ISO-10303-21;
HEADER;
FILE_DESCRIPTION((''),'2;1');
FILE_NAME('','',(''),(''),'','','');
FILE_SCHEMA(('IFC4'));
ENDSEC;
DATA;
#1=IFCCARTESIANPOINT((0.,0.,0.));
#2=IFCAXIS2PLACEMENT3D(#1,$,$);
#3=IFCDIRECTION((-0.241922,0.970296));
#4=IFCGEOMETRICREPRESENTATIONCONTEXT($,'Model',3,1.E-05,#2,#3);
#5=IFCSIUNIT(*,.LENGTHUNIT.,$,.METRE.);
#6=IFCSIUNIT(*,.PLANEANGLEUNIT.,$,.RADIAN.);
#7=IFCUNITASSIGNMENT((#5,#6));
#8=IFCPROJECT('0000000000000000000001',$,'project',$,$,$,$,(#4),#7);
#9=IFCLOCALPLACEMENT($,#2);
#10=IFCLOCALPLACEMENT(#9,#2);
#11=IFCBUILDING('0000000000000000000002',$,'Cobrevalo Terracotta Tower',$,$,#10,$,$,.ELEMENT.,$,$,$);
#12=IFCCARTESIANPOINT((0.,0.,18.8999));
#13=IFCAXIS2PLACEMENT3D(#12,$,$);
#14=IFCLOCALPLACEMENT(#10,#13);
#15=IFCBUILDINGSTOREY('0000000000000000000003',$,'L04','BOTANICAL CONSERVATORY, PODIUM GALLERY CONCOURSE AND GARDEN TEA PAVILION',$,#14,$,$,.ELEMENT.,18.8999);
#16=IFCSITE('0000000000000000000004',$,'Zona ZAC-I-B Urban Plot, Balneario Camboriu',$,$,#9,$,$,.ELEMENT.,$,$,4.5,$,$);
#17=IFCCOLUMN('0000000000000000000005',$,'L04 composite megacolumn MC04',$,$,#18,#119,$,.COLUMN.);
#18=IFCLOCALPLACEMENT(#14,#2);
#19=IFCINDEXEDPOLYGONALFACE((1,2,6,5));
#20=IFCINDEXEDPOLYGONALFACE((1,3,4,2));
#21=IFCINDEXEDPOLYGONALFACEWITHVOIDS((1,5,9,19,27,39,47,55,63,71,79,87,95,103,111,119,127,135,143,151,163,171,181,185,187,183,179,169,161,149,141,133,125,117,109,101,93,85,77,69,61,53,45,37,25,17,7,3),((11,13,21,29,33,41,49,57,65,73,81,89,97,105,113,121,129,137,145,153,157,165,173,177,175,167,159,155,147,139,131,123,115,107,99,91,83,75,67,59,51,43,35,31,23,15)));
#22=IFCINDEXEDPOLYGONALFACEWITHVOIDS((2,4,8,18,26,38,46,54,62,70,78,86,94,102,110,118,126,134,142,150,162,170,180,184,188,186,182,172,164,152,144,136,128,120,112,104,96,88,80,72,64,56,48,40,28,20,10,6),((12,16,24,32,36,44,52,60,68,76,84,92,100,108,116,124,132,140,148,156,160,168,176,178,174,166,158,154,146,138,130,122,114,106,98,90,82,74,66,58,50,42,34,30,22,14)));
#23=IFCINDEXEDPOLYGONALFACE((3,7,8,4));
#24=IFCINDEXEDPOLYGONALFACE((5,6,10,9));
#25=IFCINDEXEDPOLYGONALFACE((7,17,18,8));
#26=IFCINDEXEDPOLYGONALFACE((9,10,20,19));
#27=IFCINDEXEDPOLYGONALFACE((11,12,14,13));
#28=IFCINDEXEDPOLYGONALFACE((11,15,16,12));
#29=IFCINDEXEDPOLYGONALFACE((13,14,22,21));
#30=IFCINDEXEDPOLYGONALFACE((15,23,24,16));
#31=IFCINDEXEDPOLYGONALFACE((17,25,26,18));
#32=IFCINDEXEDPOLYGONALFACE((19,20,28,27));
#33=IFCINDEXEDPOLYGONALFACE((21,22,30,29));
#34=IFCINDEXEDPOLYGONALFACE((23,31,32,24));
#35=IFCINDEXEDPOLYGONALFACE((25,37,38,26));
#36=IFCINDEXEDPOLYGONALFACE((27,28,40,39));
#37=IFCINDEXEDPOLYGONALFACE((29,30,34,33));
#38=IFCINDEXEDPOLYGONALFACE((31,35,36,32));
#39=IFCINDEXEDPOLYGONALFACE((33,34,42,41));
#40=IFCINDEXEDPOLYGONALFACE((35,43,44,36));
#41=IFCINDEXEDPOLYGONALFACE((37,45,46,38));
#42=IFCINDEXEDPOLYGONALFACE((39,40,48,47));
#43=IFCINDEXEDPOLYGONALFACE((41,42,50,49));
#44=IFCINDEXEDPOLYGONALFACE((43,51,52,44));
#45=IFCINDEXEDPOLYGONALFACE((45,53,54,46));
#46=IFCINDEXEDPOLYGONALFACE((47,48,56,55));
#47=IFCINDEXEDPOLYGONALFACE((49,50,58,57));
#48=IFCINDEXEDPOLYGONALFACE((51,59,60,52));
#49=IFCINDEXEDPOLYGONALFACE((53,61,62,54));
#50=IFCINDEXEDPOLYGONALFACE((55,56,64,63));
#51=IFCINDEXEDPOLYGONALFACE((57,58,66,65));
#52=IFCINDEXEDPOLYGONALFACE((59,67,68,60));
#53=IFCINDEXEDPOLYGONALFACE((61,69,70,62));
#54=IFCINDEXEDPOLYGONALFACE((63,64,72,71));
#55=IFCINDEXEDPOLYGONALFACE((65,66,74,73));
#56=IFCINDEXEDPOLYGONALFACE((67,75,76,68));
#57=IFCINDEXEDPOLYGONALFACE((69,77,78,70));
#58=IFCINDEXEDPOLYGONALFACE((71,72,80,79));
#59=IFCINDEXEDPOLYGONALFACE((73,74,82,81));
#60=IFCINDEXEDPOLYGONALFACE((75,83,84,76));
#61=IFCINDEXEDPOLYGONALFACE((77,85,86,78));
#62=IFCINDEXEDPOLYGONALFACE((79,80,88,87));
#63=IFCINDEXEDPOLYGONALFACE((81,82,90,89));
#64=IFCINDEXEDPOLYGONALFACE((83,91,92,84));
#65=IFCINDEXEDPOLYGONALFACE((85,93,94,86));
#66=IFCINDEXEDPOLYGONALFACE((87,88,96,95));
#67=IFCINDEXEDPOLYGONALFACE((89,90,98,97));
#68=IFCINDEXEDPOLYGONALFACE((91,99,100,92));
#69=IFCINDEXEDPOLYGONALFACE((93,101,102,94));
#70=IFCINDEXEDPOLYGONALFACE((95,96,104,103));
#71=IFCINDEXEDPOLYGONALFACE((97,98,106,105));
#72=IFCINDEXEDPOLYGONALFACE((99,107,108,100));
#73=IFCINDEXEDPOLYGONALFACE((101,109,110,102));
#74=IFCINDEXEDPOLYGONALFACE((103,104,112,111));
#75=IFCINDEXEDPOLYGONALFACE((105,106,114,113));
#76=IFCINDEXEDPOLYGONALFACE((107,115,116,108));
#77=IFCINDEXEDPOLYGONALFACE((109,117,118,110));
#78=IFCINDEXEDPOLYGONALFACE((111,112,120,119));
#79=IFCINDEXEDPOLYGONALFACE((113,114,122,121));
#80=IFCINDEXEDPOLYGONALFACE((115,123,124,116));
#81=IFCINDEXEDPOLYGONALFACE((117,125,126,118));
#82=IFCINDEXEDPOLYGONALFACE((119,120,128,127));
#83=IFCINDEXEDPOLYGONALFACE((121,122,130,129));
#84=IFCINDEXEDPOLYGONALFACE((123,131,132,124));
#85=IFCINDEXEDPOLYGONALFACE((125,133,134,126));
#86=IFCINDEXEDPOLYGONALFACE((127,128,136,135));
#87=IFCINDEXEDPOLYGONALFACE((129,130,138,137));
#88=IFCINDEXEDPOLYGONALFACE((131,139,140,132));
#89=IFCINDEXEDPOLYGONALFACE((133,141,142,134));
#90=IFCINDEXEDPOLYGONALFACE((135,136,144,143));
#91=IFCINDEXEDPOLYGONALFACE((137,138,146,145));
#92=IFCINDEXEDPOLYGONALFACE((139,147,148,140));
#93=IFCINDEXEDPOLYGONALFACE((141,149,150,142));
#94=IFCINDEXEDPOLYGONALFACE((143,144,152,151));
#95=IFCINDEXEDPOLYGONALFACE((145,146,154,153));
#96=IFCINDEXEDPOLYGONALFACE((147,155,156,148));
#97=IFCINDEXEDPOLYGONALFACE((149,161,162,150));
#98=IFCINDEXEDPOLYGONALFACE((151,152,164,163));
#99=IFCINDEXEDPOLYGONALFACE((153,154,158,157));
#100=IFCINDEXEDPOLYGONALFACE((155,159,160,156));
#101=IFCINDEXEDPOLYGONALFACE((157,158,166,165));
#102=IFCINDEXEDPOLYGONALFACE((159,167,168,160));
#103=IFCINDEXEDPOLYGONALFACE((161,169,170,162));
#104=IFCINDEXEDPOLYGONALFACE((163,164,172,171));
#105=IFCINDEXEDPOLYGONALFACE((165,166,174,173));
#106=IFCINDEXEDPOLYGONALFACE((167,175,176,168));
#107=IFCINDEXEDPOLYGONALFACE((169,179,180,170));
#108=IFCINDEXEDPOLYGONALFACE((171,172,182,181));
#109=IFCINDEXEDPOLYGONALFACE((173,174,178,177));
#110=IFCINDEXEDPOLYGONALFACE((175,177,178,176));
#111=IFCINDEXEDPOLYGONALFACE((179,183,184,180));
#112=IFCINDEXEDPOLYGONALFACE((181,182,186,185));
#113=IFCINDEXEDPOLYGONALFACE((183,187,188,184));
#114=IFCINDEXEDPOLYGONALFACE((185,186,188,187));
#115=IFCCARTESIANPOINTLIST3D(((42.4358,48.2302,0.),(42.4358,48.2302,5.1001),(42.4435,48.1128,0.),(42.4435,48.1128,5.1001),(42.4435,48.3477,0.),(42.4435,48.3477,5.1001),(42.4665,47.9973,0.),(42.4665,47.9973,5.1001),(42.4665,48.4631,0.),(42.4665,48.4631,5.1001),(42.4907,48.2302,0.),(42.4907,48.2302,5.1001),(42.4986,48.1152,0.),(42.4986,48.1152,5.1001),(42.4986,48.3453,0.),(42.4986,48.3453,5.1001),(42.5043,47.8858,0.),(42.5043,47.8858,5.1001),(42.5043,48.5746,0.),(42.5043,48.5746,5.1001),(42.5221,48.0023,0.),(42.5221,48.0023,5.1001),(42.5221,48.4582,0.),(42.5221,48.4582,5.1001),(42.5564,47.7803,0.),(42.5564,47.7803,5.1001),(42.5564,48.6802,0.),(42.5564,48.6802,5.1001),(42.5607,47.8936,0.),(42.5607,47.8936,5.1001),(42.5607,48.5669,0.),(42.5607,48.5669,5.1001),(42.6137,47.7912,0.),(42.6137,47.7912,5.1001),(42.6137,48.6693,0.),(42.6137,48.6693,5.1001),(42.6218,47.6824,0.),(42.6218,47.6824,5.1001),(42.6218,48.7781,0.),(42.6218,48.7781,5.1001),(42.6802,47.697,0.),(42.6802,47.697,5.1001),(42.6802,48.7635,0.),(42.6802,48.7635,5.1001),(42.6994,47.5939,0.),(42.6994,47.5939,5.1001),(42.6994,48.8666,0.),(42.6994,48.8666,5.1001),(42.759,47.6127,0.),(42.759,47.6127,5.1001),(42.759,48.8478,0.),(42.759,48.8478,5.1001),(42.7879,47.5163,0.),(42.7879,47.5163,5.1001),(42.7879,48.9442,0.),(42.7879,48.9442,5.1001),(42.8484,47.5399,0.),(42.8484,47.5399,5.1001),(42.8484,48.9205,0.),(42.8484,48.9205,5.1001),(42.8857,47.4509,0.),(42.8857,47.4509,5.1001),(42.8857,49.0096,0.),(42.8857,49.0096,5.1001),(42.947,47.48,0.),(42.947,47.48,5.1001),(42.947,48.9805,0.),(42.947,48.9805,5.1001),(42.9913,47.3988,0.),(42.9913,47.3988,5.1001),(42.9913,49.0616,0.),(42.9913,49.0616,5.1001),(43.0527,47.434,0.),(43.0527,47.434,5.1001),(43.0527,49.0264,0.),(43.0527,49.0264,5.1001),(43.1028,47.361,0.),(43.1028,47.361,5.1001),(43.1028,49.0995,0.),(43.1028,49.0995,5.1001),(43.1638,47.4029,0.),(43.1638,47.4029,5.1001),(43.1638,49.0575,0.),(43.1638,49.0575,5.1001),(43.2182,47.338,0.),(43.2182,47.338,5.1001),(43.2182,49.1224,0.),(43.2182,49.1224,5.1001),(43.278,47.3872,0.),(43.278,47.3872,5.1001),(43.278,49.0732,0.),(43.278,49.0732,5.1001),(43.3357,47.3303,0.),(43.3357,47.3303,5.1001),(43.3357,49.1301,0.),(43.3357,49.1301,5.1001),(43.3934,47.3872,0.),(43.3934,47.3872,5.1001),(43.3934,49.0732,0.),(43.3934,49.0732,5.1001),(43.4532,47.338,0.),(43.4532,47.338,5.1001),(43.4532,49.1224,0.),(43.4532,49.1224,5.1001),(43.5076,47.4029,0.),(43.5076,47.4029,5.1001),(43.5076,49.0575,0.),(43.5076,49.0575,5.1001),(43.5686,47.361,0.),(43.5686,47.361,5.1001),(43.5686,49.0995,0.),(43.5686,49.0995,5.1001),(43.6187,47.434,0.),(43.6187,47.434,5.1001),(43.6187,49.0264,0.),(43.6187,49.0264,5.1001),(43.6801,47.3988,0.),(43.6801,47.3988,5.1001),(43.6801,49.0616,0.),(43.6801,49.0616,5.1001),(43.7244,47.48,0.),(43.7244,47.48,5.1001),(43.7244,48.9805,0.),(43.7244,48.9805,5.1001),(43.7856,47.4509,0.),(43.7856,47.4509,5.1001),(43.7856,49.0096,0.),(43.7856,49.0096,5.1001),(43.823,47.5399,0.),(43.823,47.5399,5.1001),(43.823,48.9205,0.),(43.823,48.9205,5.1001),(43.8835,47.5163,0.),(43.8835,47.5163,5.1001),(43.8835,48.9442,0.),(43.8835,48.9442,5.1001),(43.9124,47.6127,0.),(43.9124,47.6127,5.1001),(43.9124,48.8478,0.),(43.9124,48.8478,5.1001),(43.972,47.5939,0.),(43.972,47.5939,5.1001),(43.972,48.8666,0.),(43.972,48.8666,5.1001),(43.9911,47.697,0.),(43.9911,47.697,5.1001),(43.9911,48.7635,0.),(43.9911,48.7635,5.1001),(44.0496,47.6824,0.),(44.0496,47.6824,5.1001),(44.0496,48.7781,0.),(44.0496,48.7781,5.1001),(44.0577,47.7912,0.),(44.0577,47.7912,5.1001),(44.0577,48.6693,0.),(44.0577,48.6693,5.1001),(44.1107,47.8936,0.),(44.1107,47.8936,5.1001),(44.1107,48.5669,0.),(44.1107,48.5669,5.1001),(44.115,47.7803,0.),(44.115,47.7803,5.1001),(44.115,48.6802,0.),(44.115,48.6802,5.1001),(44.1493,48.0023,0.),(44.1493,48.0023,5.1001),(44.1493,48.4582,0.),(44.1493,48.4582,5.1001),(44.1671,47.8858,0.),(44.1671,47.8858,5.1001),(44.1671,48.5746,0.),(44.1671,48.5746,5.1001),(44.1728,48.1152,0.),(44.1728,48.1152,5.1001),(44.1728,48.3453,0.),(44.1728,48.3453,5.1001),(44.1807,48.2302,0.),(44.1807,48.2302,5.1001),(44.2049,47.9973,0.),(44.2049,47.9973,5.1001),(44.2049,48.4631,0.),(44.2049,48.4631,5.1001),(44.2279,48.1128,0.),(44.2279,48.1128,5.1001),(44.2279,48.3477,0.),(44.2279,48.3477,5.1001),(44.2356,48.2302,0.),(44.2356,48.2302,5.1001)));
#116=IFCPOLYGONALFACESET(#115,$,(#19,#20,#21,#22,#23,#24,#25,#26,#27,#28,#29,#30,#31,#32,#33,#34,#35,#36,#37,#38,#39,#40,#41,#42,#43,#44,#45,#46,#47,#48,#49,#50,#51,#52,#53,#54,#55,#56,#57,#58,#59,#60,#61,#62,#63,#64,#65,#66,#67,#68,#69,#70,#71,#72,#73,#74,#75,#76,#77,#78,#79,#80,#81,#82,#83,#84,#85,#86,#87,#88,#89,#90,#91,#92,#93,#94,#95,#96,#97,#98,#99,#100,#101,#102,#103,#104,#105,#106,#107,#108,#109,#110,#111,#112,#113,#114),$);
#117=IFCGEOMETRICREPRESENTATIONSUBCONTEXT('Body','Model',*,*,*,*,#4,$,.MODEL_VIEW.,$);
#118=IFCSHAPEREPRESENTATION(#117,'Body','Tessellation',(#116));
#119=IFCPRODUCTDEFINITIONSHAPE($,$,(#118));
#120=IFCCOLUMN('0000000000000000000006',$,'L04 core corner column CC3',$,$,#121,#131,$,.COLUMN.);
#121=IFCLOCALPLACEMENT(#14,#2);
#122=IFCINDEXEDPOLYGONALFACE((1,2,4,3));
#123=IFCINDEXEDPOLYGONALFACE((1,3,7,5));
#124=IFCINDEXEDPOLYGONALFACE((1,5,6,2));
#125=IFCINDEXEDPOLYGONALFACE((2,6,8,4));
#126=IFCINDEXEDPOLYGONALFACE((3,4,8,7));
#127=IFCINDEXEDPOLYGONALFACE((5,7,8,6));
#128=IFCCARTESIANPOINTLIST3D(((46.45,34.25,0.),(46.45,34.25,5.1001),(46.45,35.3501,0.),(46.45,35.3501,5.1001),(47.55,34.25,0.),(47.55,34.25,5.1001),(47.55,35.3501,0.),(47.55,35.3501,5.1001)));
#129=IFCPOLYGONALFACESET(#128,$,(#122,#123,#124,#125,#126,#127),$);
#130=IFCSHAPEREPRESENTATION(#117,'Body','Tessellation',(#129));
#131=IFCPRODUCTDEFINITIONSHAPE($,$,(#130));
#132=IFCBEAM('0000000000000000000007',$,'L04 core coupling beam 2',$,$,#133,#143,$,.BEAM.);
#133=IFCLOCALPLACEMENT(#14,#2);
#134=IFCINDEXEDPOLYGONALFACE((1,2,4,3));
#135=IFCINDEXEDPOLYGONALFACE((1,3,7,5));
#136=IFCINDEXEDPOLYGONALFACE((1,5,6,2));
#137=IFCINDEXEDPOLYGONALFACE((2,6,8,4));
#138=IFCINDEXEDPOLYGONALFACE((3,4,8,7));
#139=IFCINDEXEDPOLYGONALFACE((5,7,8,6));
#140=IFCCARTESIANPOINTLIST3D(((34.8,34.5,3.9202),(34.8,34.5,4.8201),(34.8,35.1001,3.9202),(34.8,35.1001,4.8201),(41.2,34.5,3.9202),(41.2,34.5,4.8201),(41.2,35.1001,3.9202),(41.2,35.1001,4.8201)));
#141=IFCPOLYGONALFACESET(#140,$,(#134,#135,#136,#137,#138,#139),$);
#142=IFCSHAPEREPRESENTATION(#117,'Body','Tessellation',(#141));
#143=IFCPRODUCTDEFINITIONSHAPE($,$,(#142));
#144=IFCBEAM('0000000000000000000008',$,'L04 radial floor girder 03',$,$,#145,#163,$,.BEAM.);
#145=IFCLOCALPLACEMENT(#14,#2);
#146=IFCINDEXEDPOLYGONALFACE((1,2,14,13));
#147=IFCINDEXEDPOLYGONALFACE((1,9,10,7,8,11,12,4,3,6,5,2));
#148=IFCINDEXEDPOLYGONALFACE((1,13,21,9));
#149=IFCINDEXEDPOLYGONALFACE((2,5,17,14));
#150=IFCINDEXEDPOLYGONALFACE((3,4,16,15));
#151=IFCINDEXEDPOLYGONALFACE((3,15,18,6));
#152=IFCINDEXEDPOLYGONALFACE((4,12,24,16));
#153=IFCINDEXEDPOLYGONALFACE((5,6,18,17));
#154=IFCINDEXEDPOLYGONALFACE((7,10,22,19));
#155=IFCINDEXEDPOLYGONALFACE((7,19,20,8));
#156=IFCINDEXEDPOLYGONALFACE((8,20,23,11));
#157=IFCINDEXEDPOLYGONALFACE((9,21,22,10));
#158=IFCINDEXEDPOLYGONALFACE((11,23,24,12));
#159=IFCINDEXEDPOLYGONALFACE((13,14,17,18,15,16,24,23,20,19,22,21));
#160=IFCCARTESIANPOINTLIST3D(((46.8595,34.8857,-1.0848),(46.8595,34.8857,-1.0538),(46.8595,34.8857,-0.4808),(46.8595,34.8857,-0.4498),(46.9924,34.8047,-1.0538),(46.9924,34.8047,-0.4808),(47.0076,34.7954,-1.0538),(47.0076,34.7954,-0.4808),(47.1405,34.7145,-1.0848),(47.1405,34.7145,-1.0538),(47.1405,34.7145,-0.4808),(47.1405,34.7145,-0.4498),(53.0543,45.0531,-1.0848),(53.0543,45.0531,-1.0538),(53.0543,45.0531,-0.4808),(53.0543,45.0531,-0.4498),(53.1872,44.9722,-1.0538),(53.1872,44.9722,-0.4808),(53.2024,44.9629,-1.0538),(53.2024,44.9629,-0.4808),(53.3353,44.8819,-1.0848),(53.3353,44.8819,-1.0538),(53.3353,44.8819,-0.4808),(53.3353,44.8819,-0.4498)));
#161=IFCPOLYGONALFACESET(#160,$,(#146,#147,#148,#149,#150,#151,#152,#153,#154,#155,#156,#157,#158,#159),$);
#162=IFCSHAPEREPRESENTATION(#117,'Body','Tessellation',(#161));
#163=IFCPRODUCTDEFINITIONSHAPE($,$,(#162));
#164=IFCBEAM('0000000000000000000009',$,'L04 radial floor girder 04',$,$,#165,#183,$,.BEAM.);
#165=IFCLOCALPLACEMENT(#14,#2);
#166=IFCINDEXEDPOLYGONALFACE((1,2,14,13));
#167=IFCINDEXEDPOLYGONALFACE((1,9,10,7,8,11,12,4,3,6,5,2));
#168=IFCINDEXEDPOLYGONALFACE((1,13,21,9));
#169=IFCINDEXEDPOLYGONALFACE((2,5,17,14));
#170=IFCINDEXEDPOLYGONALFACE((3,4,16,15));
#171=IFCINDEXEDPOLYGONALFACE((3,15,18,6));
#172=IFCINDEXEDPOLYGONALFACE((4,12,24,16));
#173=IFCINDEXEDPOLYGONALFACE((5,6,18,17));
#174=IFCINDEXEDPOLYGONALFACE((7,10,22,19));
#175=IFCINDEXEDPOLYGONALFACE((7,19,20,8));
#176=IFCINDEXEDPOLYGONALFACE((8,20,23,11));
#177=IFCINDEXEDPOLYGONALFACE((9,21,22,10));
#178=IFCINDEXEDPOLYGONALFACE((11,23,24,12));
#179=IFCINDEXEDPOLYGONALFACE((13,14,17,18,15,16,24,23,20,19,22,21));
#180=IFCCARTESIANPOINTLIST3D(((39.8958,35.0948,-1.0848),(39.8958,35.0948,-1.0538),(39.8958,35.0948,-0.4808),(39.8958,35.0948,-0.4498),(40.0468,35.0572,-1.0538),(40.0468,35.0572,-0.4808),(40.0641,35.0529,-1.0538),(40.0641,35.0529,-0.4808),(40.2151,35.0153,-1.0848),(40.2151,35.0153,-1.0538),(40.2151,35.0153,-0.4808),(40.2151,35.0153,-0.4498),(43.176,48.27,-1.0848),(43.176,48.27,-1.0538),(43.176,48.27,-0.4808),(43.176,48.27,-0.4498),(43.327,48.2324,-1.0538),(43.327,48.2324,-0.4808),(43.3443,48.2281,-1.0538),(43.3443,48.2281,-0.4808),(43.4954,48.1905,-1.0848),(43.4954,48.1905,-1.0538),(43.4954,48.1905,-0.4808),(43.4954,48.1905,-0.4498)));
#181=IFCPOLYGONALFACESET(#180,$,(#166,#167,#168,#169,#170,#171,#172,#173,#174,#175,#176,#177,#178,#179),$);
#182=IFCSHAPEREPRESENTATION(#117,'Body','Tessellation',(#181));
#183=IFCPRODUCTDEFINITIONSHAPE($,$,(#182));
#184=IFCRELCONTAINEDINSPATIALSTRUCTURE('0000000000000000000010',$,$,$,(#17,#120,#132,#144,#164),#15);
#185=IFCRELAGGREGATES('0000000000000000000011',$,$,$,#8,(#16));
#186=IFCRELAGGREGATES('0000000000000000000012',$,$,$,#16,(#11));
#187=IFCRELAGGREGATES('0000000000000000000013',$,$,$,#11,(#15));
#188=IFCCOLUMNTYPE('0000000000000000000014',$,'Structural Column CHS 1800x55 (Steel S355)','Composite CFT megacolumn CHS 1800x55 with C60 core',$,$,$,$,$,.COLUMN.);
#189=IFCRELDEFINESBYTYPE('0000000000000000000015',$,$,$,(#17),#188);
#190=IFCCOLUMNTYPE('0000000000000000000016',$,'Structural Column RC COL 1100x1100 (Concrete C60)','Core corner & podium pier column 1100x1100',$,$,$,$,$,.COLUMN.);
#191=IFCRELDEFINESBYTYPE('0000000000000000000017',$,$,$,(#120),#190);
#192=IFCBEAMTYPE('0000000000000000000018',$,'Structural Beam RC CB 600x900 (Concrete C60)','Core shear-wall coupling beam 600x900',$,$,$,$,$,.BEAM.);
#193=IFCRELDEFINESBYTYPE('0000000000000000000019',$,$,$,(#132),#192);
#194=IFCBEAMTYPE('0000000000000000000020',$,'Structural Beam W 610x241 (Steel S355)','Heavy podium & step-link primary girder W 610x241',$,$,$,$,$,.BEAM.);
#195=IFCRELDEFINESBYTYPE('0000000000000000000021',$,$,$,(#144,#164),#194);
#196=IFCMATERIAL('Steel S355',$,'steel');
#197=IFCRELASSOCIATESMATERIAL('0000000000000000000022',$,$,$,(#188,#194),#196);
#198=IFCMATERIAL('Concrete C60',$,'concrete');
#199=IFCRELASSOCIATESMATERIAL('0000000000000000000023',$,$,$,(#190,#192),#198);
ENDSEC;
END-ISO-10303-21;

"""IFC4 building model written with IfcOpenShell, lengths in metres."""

from ifc_helpers import new_model, si_unit, direction, frame, origin, origin_2d, place, context, subcontext, project, spatial, rectangle, hollow_circle, i_section, extrude, material, material_profile, profile_set, type_object, element, save


model = new_model("IFC4")

# Units and contexts
model_context = context("Model", 3, precision=1e-05, world=origin(), true_north=direction((-0.241922, 0.970296)))
body_context = subcontext(model_context, "Body", "Model", "MODEL_VIEW")
ifc_project = project(units=[si_unit("LENGTHUNIT", "METRE"), si_unit("PLANEANGLEUNIT", "RADIAN")], contexts=[model_context])

# Site, building, storey
site_placement = place(None, origin())
site = spatial("IfcSite", under=ifc_project, at=site_placement, Name="Zona ZAC-I-B Urban Plot, Balneario Camboriu", CompositionType="ELEMENT", RefElevation=4.5)
building_placement = place(site_placement, origin())
building = spatial("IfcBuilding", under=site, at=building_placement, Name="Cobrevalo Terracotta Tower", CompositionType="ELEMENT")
storey_placement = place(building_placement, frame((0.0, 0.0, 18.8999)))
storey = spatial("IfcBuildingStorey", under=building, at=storey_placement, Name="L04", Description="BOTANICAL CONSERVATORY, PODIUM GALLERY CONCOURSE AND GARDEN TEA PAVILION", CompositionType="ELEMENT", Elevation=18.8999)

# Columns
ifc_material_1 = material(Name="Steel S355", Category="steel")
ifc_material_profile_1 = material_profile(ifc_material_1, hollow_circle(Radius=0.8999, WallThickness=0.0549, at=origin_2d()), Name="CHS 1800x55")
ifc_profile_set_1 = profile_set([ifc_material_profile_1], Name="Steel S355")
column_type_1 = type_object("IfcColumnType", Name="Structural Column CHS 1800x55 (Steel S355)", Description="Composite CFT megacolumn CHS 1800x55 with C60 core", PredefinedType="COLUMN", material=ifc_profile_set_1)
for number, where, z_axis, x_axis, name in (
    (1, (43.3357, 48.2302, 0.0), (0.0, 0.0, 1.0), (1.0, 0.0, 0.0), "L04 composite megacolumn MC04"),
):
    element("IfcColumn", number, at=place(storey_placement, frame(where, z_axis=z_axis, x_axis=x_axis)), inside=storey, type_object=column_type_1, Name=name, PredefinedType="COLUMN", context=body_context, shape_type="SweptSolid", body=[
        extrude(hollow_circle(Radius=0.8999, WallThickness=0.0549, at=origin_2d()), origin(), (0.0, 0.0, 1.0), 5.1001),
    ])
ifc_material_2 = material(Name="Concrete C60", Category="concrete")
ifc_material_profile_2 = material_profile(ifc_material_2, rectangle(XDim=1.1001, YDim=1.1001, at=origin_2d()), Name="RC COL 1100x1100")
ifc_profile_set_2 = profile_set([ifc_material_profile_2], Name="Concrete C60")
column_type_2 = type_object("IfcColumnType", Name="Structural Column RC COL 1100x1100 (Concrete C60)", Description="Core corner & podium pier column 1100x1100", PredefinedType="COLUMN", material=ifc_profile_set_2)
column_placement = place(storey_placement, frame((47.0, 34.8, 0.0), z_axis=(0.0, 0.0, 1.0), x_axis=(1.0, 0.0, 0.0)))
element("IfcColumn", 2, at=column_placement, inside=storey, type_object=column_type_2, Name="L04 core corner column CC3", PredefinedType="COLUMN", context=body_context, shape_type="SweptSolid", body=[
    extrude(rectangle(XDim=1.1001, YDim=1.1001, at=origin_2d()), origin(), (0.0, 0.0, 1.0), 5.1001),
])

# Beams
ifc_material_profile_3 = material_profile(ifc_material_2, rectangle(XDim=0.6001, YDim=0.8999, at=origin_2d()), Name="RC CB 600x900")
ifc_profile_set_3 = profile_set([ifc_material_profile_3], Name="Concrete C60")
beam_type_1 = type_object("IfcBeamType", Name="Structural Beam RC CB 600x900 (Concrete C60)", Description="Core shear-wall coupling beam 600x900", PredefinedType="BEAM", material=ifc_profile_set_3)
beam_1_placement = place(storey_placement, frame((34.8, 34.8, 4.3701), z_axis=(1.0, 0.0, 0.0), x_axis=(0.0, 1.0, 0.0)))
element("IfcBeam", 3, at=beam_1_placement, inside=storey, type_object=beam_type_1, Name="L04 core coupling beam 2", PredefinedType="BEAM", context=body_context, shape_type="SweptSolid", body=[
    extrude(rectangle(XDim=0.6001, YDim=0.8999, at=origin_2d()), origin(), (0.0, 0.0, 1.0), 6.3999),
])
ifc_material_profile_4 = material_profile(ifc_material_1, i_section(OverallWidth=0.3291, OverallDepth=0.635, WebThickness=0.0178, FlangeThickness=0.031, at=origin_2d()), Name="W 610x241")
ifc_profile_set_4 = profile_set([ifc_material_profile_4], Name="Steel S355")
beam_type_2 = type_object("IfcBeamType", Name="Structural Beam W 610x241 (Steel S355)", Description="Heavy podium & step-link primary girder W 610x241", PredefinedType="BEAM", material=ifc_profile_set_4)
beam_2_placement = place(storey_placement, frame((53.1948, 44.9675, -0.7673), z_axis=(-0.52031, -0.853978, 0.0), x_axis=(0.853978, -0.52031, 0.0)))
element("IfcBeam", 4, at=beam_2_placement, inside=storey, type_object=beam_type_2, Name="L04 radial floor girder 03", PredefinedType="BEAM", context=body_context, shape_type="SweptSolid", body=[
    extrude(i_section(OverallWidth=0.3291, OverallDepth=0.635, WebThickness=0.0178, FlangeThickness=0.031, at=origin_2d()), origin(), (0.0, 0.0, 1.0), 11.906),
])
beam_3_placement = place(storey_placement, frame((43.3357, 48.2302, -0.7673), z_axis=(-0.241596, -0.970377, 0.0), x_axis=(0.970377, -0.241596, 0.0)))
element("IfcBeam", 5, at=beam_3_placement, inside=storey, type_object=beam_type_2, Name="L04 radial floor girder 04", PredefinedType="BEAM", context=body_context, shape_type="SweptSolid", body=[
    extrude(i_section(OverallWidth=0.3291, OverallDepth=0.635, WebThickness=0.0178, FlangeThickness=0.031, at=origin_2d()), origin(), (0.0, 0.0, 1.0), 13.5774),
])

save(model, "model.ifc")
